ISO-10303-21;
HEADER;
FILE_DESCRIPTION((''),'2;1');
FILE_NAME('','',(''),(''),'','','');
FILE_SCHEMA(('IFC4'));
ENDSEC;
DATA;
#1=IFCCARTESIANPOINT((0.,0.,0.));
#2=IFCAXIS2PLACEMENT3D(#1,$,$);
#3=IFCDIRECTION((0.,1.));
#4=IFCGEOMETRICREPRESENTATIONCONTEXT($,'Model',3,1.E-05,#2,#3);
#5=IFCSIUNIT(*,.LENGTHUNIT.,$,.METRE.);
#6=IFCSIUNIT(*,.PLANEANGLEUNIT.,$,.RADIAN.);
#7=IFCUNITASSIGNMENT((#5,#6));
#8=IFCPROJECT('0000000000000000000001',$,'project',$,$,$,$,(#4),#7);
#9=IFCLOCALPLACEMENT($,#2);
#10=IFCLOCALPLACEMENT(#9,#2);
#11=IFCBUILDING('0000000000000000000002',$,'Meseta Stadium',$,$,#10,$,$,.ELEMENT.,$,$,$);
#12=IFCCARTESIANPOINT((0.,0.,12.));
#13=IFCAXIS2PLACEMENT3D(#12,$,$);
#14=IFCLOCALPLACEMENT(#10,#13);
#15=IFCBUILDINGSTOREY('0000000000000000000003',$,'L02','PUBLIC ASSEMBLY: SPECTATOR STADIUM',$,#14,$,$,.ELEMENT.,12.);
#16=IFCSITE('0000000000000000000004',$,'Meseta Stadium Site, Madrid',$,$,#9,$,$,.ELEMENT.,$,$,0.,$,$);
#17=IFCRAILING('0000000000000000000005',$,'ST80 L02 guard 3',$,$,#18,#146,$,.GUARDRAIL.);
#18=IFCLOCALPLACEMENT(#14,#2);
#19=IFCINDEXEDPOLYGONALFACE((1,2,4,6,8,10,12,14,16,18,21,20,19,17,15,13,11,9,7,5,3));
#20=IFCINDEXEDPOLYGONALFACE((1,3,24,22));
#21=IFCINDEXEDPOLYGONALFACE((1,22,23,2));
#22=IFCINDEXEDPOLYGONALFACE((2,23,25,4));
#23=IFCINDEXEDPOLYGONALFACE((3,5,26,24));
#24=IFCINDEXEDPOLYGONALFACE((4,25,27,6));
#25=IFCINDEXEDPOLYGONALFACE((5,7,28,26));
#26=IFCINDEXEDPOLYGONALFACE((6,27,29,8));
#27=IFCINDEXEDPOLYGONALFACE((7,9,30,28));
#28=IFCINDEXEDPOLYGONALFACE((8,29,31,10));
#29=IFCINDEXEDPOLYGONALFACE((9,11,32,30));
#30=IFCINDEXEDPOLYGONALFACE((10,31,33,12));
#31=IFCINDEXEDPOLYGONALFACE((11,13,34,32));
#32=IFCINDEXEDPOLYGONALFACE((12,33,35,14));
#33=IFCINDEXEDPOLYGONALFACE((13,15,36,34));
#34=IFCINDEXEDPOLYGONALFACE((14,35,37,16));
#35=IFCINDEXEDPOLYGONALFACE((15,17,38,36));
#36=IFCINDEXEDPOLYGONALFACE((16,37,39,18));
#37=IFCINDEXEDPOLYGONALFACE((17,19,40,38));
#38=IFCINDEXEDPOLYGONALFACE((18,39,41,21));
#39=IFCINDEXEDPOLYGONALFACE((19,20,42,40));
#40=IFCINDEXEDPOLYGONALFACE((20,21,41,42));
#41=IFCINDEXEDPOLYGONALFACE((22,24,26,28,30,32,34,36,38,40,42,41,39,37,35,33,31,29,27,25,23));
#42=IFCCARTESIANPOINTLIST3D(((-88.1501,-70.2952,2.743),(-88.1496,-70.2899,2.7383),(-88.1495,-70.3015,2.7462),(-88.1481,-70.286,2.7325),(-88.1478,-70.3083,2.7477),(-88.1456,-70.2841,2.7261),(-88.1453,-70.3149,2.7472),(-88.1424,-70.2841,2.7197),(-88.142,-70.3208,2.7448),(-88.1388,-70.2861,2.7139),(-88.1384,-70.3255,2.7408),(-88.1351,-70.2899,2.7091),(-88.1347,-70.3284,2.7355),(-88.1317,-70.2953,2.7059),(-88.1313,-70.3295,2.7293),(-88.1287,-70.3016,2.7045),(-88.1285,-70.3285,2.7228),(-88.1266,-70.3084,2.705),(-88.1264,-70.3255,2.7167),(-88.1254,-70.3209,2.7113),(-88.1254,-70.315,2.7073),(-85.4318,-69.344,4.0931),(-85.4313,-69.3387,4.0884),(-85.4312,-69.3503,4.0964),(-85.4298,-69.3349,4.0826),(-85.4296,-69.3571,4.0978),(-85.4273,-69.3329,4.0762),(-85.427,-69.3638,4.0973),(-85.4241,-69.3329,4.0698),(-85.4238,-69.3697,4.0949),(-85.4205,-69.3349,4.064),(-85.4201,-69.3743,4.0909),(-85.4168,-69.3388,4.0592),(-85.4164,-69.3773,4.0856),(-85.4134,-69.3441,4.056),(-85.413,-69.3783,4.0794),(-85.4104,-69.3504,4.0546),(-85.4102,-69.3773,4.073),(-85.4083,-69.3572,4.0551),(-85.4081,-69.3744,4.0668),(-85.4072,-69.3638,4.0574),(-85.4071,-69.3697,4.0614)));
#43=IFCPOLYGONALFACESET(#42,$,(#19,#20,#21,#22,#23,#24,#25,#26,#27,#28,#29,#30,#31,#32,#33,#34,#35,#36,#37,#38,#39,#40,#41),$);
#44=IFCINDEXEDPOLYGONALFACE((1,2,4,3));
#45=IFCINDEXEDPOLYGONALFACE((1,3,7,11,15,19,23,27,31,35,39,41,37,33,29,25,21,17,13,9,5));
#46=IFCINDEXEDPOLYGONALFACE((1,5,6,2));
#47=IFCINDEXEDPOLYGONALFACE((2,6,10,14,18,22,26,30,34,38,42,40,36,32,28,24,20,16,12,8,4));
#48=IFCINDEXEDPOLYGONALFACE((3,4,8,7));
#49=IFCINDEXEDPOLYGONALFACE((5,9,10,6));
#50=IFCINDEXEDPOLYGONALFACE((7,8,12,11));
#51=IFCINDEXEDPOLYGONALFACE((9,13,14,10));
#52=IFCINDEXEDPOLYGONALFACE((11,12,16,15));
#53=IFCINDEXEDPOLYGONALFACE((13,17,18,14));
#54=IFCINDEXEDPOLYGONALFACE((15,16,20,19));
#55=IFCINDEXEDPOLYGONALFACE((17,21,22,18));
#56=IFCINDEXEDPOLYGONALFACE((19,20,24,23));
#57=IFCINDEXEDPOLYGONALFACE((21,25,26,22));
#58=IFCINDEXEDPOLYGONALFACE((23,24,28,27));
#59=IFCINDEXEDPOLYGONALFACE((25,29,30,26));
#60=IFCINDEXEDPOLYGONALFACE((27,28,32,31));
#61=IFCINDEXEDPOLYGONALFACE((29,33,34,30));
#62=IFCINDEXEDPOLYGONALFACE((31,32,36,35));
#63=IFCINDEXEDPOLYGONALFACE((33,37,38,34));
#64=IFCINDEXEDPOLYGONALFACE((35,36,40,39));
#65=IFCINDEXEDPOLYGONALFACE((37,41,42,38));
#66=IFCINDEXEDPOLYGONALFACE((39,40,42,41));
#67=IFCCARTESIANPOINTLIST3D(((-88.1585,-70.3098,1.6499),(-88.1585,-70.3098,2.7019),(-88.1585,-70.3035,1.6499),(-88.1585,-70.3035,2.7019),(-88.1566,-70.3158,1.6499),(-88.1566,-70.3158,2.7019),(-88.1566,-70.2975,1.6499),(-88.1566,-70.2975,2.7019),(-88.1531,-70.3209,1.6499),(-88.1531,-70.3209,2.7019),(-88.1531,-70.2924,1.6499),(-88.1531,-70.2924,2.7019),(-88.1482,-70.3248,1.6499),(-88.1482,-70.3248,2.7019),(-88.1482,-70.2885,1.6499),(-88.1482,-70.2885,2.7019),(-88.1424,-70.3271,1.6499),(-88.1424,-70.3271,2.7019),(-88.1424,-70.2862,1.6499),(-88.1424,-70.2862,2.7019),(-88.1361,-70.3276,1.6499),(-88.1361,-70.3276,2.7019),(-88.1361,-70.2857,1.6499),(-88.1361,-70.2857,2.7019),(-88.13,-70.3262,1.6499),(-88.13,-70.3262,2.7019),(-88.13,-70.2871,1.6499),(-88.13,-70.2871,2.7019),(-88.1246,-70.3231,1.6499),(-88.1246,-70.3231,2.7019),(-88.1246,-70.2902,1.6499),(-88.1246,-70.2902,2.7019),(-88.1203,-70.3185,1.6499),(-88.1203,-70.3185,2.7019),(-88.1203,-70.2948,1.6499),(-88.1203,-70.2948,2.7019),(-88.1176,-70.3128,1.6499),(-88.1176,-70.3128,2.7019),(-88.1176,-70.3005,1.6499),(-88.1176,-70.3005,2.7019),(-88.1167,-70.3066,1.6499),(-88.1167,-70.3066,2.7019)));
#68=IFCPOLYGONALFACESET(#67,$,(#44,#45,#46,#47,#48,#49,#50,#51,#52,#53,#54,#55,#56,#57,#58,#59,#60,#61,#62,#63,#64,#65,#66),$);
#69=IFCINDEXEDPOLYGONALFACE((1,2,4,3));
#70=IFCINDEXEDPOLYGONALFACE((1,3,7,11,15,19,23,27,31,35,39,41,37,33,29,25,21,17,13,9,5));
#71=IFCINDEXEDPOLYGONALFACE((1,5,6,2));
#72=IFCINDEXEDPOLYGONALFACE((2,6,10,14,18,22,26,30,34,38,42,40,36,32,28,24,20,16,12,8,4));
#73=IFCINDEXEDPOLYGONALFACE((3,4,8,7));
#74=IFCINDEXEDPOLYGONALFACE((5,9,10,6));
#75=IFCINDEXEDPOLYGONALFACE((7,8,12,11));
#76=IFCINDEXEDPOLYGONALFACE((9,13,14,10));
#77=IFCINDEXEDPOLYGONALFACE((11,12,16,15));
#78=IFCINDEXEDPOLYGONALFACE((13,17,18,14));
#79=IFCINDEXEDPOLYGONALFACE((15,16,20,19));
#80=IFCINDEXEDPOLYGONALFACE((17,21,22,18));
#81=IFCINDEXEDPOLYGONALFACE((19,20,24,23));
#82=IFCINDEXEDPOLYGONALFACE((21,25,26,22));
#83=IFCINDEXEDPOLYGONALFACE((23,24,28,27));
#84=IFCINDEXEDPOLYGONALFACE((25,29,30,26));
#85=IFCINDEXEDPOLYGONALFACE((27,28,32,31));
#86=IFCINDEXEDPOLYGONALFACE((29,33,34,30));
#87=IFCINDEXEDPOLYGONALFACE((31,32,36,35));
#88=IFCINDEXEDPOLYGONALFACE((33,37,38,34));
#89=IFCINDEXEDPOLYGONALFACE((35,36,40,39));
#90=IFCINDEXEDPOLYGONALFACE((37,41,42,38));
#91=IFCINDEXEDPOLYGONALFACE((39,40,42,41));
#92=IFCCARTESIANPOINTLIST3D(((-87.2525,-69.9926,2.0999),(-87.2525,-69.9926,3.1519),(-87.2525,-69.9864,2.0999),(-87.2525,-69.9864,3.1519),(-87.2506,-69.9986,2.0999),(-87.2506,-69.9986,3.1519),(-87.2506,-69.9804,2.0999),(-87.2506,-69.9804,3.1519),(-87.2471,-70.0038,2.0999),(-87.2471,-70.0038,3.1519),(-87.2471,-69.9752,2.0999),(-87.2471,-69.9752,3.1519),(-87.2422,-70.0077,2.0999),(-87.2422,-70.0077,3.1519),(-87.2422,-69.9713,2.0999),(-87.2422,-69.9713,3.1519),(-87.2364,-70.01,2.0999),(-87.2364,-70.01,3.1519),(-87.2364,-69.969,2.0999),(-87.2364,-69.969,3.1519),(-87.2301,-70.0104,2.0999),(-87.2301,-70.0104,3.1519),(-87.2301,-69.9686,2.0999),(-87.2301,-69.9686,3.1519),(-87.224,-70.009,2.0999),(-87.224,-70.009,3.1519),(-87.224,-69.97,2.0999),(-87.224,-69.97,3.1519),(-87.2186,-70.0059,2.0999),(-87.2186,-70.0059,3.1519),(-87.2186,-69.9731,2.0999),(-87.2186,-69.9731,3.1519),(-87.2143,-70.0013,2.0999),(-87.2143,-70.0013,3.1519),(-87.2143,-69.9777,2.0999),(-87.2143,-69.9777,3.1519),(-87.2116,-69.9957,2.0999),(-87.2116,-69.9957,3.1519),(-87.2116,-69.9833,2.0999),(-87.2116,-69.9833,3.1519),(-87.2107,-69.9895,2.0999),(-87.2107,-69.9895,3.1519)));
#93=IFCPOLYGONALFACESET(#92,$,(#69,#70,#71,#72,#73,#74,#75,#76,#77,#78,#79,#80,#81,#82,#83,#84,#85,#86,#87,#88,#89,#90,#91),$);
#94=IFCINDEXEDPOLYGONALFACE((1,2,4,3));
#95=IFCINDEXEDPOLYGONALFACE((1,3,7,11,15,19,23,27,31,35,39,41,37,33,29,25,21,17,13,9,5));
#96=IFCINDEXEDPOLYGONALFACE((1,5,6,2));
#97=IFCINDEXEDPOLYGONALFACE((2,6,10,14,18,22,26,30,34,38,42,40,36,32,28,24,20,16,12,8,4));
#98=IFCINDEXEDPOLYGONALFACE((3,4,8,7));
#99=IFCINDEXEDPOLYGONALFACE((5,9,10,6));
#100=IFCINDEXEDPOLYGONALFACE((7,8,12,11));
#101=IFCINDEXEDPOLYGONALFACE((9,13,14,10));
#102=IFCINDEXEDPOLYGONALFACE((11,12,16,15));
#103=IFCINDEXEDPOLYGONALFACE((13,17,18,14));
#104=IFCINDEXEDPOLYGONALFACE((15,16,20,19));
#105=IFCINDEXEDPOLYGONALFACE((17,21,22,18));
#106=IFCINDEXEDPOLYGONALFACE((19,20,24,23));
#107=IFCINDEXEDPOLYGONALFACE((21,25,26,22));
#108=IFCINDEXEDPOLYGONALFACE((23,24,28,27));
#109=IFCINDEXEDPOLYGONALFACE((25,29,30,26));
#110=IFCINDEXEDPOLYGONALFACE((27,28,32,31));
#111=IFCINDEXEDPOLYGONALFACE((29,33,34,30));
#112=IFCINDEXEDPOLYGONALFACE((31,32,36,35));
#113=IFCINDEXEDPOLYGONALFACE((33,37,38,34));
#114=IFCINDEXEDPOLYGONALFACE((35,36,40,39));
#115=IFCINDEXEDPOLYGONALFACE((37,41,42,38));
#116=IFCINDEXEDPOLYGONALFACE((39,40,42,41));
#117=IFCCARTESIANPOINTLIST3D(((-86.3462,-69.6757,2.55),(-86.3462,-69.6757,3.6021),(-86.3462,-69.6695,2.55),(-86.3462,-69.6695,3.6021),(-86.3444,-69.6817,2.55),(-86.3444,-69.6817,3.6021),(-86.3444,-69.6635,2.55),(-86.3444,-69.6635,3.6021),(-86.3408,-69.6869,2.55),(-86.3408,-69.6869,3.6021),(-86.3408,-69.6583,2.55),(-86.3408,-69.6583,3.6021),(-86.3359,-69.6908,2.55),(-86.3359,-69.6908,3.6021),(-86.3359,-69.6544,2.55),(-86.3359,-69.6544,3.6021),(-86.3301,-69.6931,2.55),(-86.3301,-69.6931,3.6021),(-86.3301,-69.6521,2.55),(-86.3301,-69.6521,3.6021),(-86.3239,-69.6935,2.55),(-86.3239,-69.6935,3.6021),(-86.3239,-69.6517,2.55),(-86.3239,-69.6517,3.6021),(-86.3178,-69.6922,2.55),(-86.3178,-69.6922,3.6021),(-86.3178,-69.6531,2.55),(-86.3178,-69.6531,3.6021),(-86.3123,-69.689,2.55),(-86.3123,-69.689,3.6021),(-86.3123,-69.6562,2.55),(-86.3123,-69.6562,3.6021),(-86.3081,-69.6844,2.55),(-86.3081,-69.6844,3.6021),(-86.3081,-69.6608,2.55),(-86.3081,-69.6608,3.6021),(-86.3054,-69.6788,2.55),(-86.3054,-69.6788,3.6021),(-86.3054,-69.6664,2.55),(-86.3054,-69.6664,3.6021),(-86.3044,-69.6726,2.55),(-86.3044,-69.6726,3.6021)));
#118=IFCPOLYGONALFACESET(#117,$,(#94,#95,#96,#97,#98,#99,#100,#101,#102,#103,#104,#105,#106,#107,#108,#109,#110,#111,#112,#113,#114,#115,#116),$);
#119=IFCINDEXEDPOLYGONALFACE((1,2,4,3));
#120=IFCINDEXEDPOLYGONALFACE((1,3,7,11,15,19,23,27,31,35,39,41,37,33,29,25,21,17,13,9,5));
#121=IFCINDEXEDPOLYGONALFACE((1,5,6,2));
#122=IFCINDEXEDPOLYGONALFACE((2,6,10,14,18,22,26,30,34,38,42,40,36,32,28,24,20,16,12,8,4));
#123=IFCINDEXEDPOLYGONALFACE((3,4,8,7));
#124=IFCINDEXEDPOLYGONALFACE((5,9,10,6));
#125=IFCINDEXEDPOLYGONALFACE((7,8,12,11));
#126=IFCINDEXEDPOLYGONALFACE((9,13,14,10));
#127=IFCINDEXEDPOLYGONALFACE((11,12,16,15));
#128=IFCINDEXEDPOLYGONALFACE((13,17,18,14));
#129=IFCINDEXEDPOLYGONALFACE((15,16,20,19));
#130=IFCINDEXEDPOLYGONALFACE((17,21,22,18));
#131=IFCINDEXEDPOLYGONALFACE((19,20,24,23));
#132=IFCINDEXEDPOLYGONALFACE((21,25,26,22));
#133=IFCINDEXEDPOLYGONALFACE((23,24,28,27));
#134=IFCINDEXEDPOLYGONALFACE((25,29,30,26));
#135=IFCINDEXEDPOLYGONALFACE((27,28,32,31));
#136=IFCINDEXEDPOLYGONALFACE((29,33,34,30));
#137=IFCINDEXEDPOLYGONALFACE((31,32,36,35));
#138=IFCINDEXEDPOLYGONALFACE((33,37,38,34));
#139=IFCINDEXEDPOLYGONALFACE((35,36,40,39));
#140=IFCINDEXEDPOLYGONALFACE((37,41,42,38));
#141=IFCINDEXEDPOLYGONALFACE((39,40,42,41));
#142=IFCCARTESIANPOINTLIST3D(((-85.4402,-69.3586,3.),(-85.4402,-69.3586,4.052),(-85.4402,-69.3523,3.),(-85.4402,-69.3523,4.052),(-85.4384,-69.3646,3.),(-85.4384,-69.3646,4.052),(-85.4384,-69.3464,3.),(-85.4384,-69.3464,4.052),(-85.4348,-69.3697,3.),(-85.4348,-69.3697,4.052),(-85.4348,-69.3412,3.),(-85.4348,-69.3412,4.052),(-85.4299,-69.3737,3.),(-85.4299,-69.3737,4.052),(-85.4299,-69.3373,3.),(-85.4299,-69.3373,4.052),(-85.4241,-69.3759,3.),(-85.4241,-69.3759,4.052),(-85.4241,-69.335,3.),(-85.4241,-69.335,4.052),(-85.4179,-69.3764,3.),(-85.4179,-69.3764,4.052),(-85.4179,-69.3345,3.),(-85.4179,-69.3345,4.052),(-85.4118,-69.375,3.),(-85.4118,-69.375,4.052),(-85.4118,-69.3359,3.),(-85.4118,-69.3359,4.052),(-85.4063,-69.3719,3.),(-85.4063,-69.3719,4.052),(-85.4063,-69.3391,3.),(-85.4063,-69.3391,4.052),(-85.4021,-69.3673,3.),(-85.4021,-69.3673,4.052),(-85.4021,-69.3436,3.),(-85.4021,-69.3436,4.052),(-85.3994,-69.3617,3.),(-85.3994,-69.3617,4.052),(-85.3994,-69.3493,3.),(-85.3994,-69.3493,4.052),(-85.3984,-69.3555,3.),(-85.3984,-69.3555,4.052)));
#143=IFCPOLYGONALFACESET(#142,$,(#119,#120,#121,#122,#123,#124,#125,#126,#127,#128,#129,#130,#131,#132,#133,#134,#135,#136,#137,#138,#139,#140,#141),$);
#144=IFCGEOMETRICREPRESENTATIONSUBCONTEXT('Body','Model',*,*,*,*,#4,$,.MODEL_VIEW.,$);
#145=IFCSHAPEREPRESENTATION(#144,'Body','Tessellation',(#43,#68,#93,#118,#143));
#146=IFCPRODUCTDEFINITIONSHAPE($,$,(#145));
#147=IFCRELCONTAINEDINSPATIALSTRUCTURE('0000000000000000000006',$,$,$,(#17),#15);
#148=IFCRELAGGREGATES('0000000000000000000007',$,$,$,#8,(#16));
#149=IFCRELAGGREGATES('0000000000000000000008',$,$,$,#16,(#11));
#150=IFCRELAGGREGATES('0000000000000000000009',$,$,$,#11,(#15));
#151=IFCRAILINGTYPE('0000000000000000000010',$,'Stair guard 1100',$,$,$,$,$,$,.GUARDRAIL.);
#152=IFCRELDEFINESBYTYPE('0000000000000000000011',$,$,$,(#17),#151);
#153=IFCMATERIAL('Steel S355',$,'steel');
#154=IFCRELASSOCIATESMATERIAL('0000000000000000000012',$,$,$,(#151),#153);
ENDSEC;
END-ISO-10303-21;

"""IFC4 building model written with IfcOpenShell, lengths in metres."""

from ifc_helpers import new_model, si_unit, direction, frame, origin, origin_2d, place, context, subcontext, project, spatial, circle, extrude, material, type_object, element, save


model = new_model("IFC4")

# Units and contexts
model_context = context("Model", 3, precision=1e-05, world=origin(), true_north=direction((0.0, 1.0)))
body_context = subcontext(model_context, "Body", "Model", "MODEL_VIEW")
ifc_project = project(units=[si_unit("LENGTHUNIT", "METRE"), si_unit("PLANEANGLEUNIT", "RADIAN")], contexts=[model_context])

# Site, building, storey
site_placement = place(None, origin())
site = spatial("IfcSite", under=ifc_project, at=site_placement, Name="Meseta Stadium Site, Madrid", CompositionType="ELEMENT", RefElevation=0.0)
building_placement = place(site_placement, origin())
building = spatial("IfcBuilding", under=site, at=building_placement, Name="Meseta Stadium", CompositionType="ELEMENT")
storey_placement = place(building_placement, frame((0.0, 0.0, 12.0)))
storey = spatial("IfcBuildingStorey", under=building, at=storey_placement, Name="L02", Description="PUBLIC ASSEMBLY: SPECTATOR STADIUM", CompositionType="ELEMENT", Elevation=12.0)

# Railing
ifc_material_1 = material(Name="Steel S355", Category="steel")
railing_type_1 = type_object("IfcRailingType", Name="Stair guard 1100", PredefinedType="GUARDRAIL", material=ifc_material_1)
railing_1_placement = place(storey_placement, frame((-88.1377, -70.3066, 1.6499)))
element("IfcRailing", 1, at=railing_1_placement, inside=storey, type_object=railing_type_1, Name="ST80 L02 guard 3", PredefinedType="GUARDRAIL", context=body_context, shape_type="SweptSolid", body=[
    extrude(circle(Radius=0.0239, at=origin_2d()), frame((0.0, 0.0, 1.0762), z_axis=(0.854629, 0.299051, 0.424474), x_axis=(-0.330282, 0.943882, 0.0)), (0.0, 0.0, 1.0), 3.1807),
    extrude(circle(Radius=0.021, at=origin_2d()), origin(), (0.0, 0.0, 1.0), 1.052),
    extrude(circle(Radius=0.021, at=origin_2d()), frame((0.906, 0.3171, 0.45)), (0.0, 0.0, 1.0), 1.052),
    extrude(circle(Radius=0.021, at=origin_2d()), frame((1.8123, 0.634, 0.9001)), (0.0, 0.0, 1.0), 1.052),
    extrude(circle(Radius=0.021, at=origin_2d()), frame((2.7183, 0.9512, 1.3501)), (0.0, 0.0, 1.0), 1.052),
])

save(model, "model.ifc")
